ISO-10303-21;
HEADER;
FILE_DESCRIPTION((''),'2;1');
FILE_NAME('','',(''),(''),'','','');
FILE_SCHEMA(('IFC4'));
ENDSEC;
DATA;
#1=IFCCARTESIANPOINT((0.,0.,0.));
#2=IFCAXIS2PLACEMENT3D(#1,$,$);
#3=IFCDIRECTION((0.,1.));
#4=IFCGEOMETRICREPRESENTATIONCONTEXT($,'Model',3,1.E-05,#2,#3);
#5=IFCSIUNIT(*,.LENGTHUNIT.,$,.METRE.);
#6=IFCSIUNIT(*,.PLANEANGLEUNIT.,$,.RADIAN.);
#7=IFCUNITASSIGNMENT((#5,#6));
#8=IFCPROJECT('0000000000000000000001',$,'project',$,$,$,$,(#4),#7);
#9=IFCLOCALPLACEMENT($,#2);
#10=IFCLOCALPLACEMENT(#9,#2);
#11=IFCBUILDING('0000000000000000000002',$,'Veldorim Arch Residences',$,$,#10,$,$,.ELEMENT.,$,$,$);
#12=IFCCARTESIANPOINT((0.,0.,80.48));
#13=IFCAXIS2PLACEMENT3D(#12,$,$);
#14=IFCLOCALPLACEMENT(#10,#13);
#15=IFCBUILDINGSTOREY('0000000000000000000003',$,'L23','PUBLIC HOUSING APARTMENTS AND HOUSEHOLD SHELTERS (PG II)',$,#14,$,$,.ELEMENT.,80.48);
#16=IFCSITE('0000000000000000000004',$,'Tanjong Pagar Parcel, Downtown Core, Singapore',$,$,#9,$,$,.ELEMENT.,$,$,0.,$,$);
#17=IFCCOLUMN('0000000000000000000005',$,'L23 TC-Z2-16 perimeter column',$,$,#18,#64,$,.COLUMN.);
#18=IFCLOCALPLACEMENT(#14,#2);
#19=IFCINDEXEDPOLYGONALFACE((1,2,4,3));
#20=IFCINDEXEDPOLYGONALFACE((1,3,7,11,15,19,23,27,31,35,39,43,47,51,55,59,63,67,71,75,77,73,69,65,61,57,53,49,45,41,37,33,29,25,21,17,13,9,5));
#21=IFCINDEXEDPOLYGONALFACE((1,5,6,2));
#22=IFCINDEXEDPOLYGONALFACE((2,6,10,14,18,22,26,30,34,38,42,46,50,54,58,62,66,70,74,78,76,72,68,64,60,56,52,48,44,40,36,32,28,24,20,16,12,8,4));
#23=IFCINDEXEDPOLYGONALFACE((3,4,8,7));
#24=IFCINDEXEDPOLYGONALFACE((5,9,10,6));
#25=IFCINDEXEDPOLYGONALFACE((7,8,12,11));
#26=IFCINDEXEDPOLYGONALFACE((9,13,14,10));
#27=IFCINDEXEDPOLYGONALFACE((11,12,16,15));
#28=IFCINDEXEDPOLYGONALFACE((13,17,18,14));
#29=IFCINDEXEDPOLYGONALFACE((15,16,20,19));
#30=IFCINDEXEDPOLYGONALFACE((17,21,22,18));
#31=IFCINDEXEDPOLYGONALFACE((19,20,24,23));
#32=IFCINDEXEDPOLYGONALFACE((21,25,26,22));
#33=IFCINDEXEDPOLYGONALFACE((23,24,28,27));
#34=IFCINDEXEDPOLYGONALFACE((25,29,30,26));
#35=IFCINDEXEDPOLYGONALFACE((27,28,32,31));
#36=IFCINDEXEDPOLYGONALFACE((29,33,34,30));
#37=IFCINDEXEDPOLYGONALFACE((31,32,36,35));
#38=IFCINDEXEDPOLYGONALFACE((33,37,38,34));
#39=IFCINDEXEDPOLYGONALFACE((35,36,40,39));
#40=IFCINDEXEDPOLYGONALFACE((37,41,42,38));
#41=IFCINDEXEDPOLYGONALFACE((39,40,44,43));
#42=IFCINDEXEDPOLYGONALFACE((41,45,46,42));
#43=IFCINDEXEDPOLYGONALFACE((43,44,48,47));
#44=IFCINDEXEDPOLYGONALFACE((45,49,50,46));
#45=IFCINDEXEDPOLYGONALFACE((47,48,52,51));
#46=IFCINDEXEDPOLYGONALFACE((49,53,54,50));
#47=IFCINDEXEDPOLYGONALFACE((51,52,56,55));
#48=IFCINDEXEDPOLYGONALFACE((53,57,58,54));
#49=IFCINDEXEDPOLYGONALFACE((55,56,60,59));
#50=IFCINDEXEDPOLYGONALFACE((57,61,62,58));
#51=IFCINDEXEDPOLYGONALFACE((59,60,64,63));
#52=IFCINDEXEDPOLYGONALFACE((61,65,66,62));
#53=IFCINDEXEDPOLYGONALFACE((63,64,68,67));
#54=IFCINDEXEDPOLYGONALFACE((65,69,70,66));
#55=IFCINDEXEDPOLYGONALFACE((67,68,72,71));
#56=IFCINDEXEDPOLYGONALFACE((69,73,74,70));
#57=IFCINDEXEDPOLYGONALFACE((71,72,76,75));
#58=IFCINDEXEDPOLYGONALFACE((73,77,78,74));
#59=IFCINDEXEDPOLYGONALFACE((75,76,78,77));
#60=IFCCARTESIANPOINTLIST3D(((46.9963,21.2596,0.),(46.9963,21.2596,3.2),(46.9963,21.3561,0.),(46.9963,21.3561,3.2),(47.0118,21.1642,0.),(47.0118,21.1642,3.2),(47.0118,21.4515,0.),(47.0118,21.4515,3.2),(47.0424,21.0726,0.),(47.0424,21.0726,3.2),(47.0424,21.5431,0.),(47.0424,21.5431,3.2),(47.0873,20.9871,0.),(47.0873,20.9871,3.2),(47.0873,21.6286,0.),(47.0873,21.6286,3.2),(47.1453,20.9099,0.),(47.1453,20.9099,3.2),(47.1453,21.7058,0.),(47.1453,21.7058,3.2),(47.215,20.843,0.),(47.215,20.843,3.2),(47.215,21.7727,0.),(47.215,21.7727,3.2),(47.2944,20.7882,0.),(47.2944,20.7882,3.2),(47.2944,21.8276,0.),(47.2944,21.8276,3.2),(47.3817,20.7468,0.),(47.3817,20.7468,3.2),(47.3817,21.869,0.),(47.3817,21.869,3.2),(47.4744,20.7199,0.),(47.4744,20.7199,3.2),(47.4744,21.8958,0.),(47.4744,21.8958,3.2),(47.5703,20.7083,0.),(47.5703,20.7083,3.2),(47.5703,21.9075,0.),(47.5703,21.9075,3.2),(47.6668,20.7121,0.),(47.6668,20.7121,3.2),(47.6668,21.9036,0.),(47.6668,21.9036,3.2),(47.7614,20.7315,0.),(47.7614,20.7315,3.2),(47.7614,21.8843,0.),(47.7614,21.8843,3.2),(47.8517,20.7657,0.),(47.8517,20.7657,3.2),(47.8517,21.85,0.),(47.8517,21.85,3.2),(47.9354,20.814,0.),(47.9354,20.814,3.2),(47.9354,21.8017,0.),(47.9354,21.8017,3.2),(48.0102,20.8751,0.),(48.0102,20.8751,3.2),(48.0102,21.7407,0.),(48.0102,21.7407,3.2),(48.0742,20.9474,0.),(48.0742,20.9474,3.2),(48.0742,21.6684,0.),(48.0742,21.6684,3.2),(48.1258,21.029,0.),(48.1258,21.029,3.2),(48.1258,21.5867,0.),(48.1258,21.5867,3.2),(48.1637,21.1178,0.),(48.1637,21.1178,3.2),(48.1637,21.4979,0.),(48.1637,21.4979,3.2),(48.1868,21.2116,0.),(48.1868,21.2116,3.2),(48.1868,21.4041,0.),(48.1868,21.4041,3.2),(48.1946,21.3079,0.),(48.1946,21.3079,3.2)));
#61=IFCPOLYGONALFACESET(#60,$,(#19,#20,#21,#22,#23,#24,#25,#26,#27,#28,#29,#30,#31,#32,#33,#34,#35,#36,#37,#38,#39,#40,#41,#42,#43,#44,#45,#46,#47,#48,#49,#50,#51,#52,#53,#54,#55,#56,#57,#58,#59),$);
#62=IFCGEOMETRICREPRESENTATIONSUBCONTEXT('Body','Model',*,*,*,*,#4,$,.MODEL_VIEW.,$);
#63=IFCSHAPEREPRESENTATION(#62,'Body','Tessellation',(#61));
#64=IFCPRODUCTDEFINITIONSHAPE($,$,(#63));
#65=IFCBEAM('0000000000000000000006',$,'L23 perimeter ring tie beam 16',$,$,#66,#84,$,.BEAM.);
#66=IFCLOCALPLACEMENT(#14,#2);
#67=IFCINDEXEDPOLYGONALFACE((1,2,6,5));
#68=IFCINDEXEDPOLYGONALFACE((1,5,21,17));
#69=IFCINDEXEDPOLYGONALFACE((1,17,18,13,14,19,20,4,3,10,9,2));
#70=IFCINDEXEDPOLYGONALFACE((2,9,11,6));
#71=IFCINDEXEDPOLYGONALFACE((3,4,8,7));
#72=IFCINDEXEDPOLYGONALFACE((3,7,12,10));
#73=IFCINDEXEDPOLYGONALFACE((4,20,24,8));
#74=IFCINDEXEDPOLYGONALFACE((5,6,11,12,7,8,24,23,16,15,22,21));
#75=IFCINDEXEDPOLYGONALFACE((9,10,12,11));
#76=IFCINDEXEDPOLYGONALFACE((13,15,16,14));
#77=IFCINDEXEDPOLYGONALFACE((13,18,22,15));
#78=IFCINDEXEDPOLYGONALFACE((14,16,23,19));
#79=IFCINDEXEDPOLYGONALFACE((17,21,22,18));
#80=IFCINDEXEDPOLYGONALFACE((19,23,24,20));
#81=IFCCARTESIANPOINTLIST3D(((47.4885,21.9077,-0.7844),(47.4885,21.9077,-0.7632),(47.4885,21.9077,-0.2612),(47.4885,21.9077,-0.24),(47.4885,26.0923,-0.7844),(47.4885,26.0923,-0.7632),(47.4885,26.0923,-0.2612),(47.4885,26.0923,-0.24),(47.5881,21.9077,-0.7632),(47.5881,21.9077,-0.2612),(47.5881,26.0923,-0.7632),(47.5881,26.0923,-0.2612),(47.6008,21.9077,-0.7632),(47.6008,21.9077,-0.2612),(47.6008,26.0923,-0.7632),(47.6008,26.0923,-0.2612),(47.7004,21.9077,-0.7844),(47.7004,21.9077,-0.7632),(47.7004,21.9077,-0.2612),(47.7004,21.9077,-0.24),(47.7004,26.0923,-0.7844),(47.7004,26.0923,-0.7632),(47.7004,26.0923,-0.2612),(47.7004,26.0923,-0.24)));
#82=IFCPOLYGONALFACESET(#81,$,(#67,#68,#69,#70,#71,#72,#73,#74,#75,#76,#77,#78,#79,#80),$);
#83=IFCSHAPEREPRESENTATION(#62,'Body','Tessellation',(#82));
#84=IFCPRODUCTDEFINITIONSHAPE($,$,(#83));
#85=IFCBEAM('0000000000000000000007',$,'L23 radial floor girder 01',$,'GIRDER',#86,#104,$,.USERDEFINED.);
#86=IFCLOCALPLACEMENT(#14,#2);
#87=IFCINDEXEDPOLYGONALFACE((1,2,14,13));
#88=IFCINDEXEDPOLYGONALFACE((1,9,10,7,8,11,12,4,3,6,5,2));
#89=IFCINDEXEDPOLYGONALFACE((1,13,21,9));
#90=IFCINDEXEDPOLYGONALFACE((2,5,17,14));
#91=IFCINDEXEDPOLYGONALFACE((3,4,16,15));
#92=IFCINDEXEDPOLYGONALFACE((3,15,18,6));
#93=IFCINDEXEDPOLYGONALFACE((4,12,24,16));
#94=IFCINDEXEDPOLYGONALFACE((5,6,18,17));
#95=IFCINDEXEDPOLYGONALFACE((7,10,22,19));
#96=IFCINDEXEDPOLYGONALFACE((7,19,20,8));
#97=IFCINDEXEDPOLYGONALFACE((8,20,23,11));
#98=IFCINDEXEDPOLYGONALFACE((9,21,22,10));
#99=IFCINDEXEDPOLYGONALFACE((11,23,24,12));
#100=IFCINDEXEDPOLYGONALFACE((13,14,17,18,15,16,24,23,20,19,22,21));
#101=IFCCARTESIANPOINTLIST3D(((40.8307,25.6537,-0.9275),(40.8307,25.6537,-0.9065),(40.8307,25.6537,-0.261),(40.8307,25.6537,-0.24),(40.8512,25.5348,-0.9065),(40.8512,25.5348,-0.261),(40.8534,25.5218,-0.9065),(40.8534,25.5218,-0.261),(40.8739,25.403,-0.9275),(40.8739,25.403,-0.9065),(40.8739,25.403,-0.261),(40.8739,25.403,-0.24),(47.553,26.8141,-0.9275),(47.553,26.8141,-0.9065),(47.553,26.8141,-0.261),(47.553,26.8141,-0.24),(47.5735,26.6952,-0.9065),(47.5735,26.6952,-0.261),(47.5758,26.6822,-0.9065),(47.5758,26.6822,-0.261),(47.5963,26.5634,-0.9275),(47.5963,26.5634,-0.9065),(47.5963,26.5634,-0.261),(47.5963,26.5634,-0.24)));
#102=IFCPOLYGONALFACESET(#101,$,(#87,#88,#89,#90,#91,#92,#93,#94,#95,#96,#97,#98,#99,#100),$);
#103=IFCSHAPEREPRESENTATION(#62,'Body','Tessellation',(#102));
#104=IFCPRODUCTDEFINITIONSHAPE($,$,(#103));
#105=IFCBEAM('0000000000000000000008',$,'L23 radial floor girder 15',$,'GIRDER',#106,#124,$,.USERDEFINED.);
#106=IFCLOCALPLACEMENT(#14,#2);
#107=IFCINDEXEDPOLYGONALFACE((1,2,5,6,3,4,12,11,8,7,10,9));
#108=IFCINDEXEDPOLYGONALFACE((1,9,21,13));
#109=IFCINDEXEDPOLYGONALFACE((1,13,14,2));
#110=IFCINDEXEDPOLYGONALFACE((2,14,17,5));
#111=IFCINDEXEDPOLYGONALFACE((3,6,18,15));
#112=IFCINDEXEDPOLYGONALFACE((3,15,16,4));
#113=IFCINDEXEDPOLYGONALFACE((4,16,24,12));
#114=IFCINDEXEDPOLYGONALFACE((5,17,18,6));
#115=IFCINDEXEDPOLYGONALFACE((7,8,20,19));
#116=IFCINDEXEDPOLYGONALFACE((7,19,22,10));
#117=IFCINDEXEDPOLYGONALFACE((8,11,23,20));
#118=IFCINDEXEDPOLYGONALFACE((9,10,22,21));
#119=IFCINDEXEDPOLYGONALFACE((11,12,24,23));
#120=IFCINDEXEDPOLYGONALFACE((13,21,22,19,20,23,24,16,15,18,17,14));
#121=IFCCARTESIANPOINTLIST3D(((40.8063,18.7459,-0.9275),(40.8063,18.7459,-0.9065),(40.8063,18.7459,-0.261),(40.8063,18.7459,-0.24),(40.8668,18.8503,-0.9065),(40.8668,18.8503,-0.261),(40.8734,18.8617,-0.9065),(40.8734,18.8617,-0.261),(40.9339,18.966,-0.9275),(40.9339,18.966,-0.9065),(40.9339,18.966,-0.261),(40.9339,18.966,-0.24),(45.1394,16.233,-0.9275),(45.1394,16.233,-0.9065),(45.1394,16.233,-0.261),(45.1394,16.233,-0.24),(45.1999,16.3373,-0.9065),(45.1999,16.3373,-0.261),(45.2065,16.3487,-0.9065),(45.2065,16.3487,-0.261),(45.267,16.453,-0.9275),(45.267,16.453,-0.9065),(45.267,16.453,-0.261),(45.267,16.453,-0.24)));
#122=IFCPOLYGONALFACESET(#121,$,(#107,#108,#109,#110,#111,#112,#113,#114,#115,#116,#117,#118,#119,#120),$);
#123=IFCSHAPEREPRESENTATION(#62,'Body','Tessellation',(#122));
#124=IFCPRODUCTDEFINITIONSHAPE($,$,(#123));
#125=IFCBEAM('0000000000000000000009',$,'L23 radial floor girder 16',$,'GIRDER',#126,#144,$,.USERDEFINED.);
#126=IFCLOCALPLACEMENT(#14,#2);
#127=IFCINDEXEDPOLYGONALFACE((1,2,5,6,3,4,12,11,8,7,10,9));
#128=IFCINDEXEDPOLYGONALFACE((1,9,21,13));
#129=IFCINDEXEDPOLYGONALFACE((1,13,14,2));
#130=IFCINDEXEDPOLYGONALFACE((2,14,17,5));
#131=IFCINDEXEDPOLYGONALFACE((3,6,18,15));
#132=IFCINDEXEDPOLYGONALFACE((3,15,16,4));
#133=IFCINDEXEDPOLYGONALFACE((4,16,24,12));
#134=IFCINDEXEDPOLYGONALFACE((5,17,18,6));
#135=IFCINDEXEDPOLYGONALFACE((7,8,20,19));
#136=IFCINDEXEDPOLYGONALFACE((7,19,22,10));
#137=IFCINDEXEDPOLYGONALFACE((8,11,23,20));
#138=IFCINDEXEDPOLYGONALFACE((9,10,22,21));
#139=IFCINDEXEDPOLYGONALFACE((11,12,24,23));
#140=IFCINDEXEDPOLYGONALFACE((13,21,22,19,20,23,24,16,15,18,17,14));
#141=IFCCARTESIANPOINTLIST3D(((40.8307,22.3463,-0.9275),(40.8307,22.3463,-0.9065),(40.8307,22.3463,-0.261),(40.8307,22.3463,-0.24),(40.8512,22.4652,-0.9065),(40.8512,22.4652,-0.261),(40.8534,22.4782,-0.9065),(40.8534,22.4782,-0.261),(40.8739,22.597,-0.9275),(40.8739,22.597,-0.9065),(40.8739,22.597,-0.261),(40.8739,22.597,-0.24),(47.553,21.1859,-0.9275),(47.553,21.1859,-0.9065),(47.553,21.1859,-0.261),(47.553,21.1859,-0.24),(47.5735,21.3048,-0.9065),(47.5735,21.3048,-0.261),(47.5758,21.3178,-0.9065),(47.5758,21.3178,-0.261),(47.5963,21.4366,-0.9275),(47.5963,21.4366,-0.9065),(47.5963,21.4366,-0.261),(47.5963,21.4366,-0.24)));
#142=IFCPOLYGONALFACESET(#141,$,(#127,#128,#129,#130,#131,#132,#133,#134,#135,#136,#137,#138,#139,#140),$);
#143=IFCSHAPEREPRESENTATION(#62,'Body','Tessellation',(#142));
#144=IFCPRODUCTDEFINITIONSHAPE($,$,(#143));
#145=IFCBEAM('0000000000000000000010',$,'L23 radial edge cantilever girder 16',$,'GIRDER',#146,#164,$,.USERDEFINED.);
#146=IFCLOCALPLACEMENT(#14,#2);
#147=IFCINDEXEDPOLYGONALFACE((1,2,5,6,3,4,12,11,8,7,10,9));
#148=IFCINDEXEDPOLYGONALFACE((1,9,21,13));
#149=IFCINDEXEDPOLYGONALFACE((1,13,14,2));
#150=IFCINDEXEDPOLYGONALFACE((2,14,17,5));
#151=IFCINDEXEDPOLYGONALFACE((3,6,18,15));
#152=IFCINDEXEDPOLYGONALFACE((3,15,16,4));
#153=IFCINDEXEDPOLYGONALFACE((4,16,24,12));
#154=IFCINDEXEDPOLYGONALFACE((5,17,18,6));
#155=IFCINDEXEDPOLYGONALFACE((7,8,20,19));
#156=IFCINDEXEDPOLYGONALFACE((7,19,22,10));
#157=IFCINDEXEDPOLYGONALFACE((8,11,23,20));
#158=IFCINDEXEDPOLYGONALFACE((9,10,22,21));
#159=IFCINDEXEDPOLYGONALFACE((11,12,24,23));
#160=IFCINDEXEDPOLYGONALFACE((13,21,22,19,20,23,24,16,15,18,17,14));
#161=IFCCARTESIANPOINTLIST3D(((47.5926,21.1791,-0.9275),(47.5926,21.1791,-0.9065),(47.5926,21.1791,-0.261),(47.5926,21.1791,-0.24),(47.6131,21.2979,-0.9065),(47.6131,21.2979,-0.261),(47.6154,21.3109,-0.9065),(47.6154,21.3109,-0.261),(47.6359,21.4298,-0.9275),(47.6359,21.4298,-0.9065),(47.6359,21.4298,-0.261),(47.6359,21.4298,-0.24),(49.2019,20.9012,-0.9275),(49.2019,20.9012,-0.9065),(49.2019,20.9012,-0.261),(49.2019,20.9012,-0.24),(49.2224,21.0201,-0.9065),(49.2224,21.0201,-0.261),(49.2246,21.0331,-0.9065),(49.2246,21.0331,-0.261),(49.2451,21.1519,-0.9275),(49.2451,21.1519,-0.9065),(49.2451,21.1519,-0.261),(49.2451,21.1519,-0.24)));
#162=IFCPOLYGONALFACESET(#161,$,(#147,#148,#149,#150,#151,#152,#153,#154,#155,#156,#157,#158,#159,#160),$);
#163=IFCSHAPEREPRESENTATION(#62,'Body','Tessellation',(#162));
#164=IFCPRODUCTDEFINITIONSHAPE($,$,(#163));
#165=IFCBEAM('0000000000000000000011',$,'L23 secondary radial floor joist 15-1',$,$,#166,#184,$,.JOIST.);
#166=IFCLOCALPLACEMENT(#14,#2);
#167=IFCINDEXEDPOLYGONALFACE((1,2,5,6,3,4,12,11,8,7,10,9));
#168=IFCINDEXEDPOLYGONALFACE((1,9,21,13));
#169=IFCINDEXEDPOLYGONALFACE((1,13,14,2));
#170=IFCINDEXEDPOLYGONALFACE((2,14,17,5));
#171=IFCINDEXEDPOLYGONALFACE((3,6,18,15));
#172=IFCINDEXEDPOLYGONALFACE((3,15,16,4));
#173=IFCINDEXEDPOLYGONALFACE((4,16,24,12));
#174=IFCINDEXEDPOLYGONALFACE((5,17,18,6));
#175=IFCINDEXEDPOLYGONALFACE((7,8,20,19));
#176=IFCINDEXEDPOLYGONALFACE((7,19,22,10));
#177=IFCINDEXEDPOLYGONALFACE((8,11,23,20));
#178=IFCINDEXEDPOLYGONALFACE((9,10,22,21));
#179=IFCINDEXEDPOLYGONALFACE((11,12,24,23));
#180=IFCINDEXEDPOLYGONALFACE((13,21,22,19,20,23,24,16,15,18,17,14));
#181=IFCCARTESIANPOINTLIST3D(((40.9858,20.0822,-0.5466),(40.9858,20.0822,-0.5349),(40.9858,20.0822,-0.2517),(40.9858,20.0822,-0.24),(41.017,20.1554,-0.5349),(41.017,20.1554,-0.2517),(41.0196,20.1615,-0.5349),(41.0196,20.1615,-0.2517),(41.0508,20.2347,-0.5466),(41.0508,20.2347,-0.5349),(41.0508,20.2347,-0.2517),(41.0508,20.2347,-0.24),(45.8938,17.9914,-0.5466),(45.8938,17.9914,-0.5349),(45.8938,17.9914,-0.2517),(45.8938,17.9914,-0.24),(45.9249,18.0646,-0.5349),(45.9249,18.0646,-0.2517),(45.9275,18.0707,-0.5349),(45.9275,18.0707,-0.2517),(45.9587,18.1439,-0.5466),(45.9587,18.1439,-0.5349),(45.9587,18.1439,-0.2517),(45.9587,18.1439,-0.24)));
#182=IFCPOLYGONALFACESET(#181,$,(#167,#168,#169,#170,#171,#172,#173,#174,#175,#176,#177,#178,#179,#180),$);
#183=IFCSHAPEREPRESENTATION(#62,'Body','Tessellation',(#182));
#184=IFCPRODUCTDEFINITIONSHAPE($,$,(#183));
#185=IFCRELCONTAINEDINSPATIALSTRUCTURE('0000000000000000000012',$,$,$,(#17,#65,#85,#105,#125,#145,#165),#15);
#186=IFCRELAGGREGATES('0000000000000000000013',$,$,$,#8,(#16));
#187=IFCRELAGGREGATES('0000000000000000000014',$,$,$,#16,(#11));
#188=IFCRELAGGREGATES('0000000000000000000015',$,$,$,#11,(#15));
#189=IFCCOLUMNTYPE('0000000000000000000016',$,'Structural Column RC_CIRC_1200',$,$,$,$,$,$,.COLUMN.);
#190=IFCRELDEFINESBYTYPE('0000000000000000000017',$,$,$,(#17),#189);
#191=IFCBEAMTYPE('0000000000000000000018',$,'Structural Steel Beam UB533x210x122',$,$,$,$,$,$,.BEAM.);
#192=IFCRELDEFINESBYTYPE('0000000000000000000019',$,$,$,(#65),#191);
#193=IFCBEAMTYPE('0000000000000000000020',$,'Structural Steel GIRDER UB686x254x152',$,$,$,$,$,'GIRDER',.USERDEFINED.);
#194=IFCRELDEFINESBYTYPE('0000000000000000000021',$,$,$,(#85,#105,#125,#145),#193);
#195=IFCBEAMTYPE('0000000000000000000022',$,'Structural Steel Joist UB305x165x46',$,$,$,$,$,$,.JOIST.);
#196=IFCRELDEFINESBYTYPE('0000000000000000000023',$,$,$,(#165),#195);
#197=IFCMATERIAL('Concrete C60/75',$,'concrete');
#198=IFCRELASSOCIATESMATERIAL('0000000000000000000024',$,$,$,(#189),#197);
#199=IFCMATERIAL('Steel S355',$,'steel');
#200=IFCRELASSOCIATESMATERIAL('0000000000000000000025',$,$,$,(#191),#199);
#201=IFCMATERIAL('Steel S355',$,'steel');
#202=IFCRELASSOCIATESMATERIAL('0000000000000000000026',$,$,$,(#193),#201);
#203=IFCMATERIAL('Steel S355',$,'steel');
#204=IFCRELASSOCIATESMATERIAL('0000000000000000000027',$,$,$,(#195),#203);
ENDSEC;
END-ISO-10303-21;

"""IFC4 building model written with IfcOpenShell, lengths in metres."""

from ifc_helpers import new_model, si_unit, direction, frame, origin, origin_2d, place, context, subcontext, project, spatial, circle, i_section, extrude, material, material_profile, profile_set, type_object, element, save


model = new_model("IFC4")

# Units and contexts
model_context = context("Model", 3, precision=1e-05, world=origin(), true_north=direction((0.0, 1.0)))
body_context = subcontext(model_context, "Body", "Model", "MODEL_VIEW")
ifc_project = project(units=[si_unit("LENGTHUNIT", "METRE"), si_unit("PLANEANGLEUNIT", "RADIAN")], contexts=[model_context])

# Site, building, storey
site_placement = place(None, origin())
site = spatial("IfcSite", under=ifc_project, at=site_placement, Name="Tanjong Pagar Parcel, Downtown Core, Singapore", CompositionType="ELEMENT", RefElevation=0.0)
building_placement = place(site_placement, origin())
building = spatial("IfcBuilding", under=site, at=building_placement, Name="Veldorim Arch Residences", CompositionType="ELEMENT")
storey_placement = place(building_placement, frame((0.0, 0.0, 80.48)))
storey = spatial("IfcBuildingStorey", under=building, at=storey_placement, Name="L23", Description="PUBLIC HOUSING APARTMENTS AND HOUSEHOLD SHELTERS (PG II)", CompositionType="ELEMENT", Elevation=80.48)

# Column
ifc_material_1 = material(Name="Concrete C60/75", Category="concrete")
ifc_material_profile_1 = material_profile(ifc_material_1, circle(Radius=0.6001, at=origin_2d()), Name="RC_CIRC_1200")
ifc_profile_set_1 = profile_set([ifc_material_profile_1], Name="Concrete C60/75")
column_type = type_object("IfcColumnType", Name="Structural Column RC_CIRC_1200", PredefinedType="COLUMN", material=ifc_profile_set_1)
column_placement = place(storey_placement, frame((47.5945, 21.3079, 0.0), z_axis=(0.0, 0.0, 1.0), x_axis=(1.0, 0.0, 0.0)))
element("IfcColumn", 1, at=column_placement, inside=storey, type_object=column_type, Name="L23 TC-Z2-16 perimeter column", PredefinedType="COLUMN", context=body_context, shape_type="SweptSolid", body=[
    extrude(circle(Radius=0.6001, at=origin_2d()), origin(), (0.0, 0.0, 1.0), 3.2),
])

# Beams
ifc_material_2 = material(Name="Steel S355", Category="steel")
ifc_material_profile_2 = material_profile(ifc_material_2, i_section(OverallWidth=0.2119, OverallDepth=0.5444, WebThickness=0.0127, FlangeThickness=0.0212, at=origin_2d()), Name="UB533x210x122")
ifc_profile_set_2 = profile_set([ifc_material_profile_2], Name="Steel S355")
beam_type_1 = type_object("IfcBeamType", Name="Structural Steel Beam UB533x210x122", PredefinedType="BEAM", material=ifc_profile_set_2)
beam_1_placement = place(storey_placement, frame((47.5945, 21.9077, -0.5122), z_axis=(0.0, 1.0, 0.0), x_axis=(-1.0, 0.0, 0.0)))
element("IfcBeam", 2, at=beam_1_placement, inside=storey, type_object=beam_type_1, Name="L23 perimeter ring tie beam 16", PredefinedType="BEAM", context=body_context, shape_type="SweptSolid", body=[
    extrude(i_section(OverallWidth=0.2119, OverallDepth=0.5444, WebThickness=0.0127, FlangeThickness=0.0212, at=origin_2d()), origin(), (0.0, 0.0, 1.0), 4.1846),
])
ifc_material_3 = material(Name="Steel S355", Category="steel")
ifc_material_profile_3 = material_profile(ifc_material_3, i_section(OverallWidth=0.2544, OverallDepth=0.6875, WebThickness=0.0132, FlangeThickness=0.021, at=origin_2d()), Name="UB686x254x152")
ifc_profile_set_3 = profile_set([ifc_material_profile_3], Name="Steel S355")
beam_type_2 = type_object("IfcBeamType", Name="Structural Steel GIRDER UB686x254x152", ElementType="GIRDER", PredefinedType="USERDEFINED", material=ifc_profile_set_3)
beam_2_placement = place(storey_placement, frame((40.8523, 25.5283, -0.5837), z_axis=(0.985427, 0.170101, 0.0), x_axis=(-0.170101, 0.985427, 0.0)))
element("IfcBeam", 3, at=beam_2_placement, inside=storey, type_object=beam_type_2, Name="L23 radial floor girder 01", ObjectType="GIRDER", PredefinedType="USERDEFINED", context=body_context, shape_type="SweptSolid", body=[
    extrude(i_section(OverallWidth=0.2544, OverallDepth=0.6875, WebThickness=0.0132, FlangeThickness=0.021, at=origin_2d()), origin(), (0.0, 0.0, 1.0), 6.8218),
])
beam_3_placement = place(storey_placement, frame((40.8701, 18.856, -0.5837), z_axis=(0.865049, -0.501687, 0.0), x_axis=(0.501687, 0.865049, 0.0)))
element("IfcBeam", 4, at=beam_3_placement, inside=storey, type_object=beam_type_2, Name="L23 radial floor girder 15", ObjectType="GIRDER", PredefinedType="USERDEFINED", context=body_context, shape_type="SweptSolid", body=[
    extrude(i_section(OverallWidth=0.2544, OverallDepth=0.6875, WebThickness=0.0132, FlangeThickness=0.021, at=origin_2d()), origin(), (0.0, 0.0, 1.0), 5.009),
])
beam_4_placement = place(storey_placement, frame((40.8523, 22.4717, -0.5837), z_axis=(0.985427, -0.170101, 0.0), x_axis=(0.170101, 0.985427, 0.0)))
element("IfcBeam", 5, at=beam_4_placement, inside=storey, type_object=beam_type_2, Name="L23 radial floor girder 16", ObjectType="GIRDER", PredefinedType="USERDEFINED", context=body_context, shape_type="SweptSolid", body=[
    extrude(i_section(OverallWidth=0.2544, OverallDepth=0.6875, WebThickness=0.0132, FlangeThickness=0.021, at=origin_2d()), origin(), (0.0, 0.0, 1.0), 6.8218),
])
beam_5_placement = place(storey_placement, frame((47.6143, 21.3044, -0.5837), z_axis=(0.98542, -0.170142, 0.0), x_axis=(0.170142, 0.98542, 0.0)))
element("IfcBeam", 6, at=beam_5_placement, inside=storey, type_object=beam_type_2, Name="L23 radial edge cantilever girder 16", ObjectType="GIRDER", PredefinedType="USERDEFINED", context=body_context, shape_type="SweptSolid", body=[
    extrude(i_section(OverallWidth=0.2544, OverallDepth=0.6875, WebThickness=0.0132, FlangeThickness=0.021, at=origin_2d()), origin(), (0.0, 0.0, 1.0), 1.6331),
])
ifc_material_4 = material(Name="Steel S355", Category="steel")
ifc_material_profile_4 = material_profile(ifc_material_4, i_section(OverallWidth=0.1658, OverallDepth=0.3066, WebThickness=0.0066, FlangeThickness=0.0117, at=origin_2d()), Name="UB305x165x46")
ifc_profile_set_4 = profile_set([ifc_material_profile_4], Name="Steel S355")
beam_type_3 = type_object("IfcBeamType", Name="Structural Steel Joist UB305x165x46", PredefinedType="JOIST", material=ifc_profile_set_4)
beam_6_placement = place(storey_placement, frame((41.0183, 20.1584, -0.3933), z_axis=(0.919997, -0.391924, 0.0), x_axis=(0.391924, 0.919997, 0.0)))
element("IfcBeam", 7, at=beam_6_placement, inside=storey, type_object=beam_type_3, Name="L23 secondary radial floor joist 15-1", PredefinedType="JOIST", context=body_context, shape_type="SweptSolid", body=[
    extrude(i_section(OverallWidth=0.1658, OverallDepth=0.3066, WebThickness=0.0066, FlangeThickness=0.0117, at=origin_2d()), origin(), (0.0, 0.0, 1.0), 5.3347),
])

save(model, "model.ifc")
